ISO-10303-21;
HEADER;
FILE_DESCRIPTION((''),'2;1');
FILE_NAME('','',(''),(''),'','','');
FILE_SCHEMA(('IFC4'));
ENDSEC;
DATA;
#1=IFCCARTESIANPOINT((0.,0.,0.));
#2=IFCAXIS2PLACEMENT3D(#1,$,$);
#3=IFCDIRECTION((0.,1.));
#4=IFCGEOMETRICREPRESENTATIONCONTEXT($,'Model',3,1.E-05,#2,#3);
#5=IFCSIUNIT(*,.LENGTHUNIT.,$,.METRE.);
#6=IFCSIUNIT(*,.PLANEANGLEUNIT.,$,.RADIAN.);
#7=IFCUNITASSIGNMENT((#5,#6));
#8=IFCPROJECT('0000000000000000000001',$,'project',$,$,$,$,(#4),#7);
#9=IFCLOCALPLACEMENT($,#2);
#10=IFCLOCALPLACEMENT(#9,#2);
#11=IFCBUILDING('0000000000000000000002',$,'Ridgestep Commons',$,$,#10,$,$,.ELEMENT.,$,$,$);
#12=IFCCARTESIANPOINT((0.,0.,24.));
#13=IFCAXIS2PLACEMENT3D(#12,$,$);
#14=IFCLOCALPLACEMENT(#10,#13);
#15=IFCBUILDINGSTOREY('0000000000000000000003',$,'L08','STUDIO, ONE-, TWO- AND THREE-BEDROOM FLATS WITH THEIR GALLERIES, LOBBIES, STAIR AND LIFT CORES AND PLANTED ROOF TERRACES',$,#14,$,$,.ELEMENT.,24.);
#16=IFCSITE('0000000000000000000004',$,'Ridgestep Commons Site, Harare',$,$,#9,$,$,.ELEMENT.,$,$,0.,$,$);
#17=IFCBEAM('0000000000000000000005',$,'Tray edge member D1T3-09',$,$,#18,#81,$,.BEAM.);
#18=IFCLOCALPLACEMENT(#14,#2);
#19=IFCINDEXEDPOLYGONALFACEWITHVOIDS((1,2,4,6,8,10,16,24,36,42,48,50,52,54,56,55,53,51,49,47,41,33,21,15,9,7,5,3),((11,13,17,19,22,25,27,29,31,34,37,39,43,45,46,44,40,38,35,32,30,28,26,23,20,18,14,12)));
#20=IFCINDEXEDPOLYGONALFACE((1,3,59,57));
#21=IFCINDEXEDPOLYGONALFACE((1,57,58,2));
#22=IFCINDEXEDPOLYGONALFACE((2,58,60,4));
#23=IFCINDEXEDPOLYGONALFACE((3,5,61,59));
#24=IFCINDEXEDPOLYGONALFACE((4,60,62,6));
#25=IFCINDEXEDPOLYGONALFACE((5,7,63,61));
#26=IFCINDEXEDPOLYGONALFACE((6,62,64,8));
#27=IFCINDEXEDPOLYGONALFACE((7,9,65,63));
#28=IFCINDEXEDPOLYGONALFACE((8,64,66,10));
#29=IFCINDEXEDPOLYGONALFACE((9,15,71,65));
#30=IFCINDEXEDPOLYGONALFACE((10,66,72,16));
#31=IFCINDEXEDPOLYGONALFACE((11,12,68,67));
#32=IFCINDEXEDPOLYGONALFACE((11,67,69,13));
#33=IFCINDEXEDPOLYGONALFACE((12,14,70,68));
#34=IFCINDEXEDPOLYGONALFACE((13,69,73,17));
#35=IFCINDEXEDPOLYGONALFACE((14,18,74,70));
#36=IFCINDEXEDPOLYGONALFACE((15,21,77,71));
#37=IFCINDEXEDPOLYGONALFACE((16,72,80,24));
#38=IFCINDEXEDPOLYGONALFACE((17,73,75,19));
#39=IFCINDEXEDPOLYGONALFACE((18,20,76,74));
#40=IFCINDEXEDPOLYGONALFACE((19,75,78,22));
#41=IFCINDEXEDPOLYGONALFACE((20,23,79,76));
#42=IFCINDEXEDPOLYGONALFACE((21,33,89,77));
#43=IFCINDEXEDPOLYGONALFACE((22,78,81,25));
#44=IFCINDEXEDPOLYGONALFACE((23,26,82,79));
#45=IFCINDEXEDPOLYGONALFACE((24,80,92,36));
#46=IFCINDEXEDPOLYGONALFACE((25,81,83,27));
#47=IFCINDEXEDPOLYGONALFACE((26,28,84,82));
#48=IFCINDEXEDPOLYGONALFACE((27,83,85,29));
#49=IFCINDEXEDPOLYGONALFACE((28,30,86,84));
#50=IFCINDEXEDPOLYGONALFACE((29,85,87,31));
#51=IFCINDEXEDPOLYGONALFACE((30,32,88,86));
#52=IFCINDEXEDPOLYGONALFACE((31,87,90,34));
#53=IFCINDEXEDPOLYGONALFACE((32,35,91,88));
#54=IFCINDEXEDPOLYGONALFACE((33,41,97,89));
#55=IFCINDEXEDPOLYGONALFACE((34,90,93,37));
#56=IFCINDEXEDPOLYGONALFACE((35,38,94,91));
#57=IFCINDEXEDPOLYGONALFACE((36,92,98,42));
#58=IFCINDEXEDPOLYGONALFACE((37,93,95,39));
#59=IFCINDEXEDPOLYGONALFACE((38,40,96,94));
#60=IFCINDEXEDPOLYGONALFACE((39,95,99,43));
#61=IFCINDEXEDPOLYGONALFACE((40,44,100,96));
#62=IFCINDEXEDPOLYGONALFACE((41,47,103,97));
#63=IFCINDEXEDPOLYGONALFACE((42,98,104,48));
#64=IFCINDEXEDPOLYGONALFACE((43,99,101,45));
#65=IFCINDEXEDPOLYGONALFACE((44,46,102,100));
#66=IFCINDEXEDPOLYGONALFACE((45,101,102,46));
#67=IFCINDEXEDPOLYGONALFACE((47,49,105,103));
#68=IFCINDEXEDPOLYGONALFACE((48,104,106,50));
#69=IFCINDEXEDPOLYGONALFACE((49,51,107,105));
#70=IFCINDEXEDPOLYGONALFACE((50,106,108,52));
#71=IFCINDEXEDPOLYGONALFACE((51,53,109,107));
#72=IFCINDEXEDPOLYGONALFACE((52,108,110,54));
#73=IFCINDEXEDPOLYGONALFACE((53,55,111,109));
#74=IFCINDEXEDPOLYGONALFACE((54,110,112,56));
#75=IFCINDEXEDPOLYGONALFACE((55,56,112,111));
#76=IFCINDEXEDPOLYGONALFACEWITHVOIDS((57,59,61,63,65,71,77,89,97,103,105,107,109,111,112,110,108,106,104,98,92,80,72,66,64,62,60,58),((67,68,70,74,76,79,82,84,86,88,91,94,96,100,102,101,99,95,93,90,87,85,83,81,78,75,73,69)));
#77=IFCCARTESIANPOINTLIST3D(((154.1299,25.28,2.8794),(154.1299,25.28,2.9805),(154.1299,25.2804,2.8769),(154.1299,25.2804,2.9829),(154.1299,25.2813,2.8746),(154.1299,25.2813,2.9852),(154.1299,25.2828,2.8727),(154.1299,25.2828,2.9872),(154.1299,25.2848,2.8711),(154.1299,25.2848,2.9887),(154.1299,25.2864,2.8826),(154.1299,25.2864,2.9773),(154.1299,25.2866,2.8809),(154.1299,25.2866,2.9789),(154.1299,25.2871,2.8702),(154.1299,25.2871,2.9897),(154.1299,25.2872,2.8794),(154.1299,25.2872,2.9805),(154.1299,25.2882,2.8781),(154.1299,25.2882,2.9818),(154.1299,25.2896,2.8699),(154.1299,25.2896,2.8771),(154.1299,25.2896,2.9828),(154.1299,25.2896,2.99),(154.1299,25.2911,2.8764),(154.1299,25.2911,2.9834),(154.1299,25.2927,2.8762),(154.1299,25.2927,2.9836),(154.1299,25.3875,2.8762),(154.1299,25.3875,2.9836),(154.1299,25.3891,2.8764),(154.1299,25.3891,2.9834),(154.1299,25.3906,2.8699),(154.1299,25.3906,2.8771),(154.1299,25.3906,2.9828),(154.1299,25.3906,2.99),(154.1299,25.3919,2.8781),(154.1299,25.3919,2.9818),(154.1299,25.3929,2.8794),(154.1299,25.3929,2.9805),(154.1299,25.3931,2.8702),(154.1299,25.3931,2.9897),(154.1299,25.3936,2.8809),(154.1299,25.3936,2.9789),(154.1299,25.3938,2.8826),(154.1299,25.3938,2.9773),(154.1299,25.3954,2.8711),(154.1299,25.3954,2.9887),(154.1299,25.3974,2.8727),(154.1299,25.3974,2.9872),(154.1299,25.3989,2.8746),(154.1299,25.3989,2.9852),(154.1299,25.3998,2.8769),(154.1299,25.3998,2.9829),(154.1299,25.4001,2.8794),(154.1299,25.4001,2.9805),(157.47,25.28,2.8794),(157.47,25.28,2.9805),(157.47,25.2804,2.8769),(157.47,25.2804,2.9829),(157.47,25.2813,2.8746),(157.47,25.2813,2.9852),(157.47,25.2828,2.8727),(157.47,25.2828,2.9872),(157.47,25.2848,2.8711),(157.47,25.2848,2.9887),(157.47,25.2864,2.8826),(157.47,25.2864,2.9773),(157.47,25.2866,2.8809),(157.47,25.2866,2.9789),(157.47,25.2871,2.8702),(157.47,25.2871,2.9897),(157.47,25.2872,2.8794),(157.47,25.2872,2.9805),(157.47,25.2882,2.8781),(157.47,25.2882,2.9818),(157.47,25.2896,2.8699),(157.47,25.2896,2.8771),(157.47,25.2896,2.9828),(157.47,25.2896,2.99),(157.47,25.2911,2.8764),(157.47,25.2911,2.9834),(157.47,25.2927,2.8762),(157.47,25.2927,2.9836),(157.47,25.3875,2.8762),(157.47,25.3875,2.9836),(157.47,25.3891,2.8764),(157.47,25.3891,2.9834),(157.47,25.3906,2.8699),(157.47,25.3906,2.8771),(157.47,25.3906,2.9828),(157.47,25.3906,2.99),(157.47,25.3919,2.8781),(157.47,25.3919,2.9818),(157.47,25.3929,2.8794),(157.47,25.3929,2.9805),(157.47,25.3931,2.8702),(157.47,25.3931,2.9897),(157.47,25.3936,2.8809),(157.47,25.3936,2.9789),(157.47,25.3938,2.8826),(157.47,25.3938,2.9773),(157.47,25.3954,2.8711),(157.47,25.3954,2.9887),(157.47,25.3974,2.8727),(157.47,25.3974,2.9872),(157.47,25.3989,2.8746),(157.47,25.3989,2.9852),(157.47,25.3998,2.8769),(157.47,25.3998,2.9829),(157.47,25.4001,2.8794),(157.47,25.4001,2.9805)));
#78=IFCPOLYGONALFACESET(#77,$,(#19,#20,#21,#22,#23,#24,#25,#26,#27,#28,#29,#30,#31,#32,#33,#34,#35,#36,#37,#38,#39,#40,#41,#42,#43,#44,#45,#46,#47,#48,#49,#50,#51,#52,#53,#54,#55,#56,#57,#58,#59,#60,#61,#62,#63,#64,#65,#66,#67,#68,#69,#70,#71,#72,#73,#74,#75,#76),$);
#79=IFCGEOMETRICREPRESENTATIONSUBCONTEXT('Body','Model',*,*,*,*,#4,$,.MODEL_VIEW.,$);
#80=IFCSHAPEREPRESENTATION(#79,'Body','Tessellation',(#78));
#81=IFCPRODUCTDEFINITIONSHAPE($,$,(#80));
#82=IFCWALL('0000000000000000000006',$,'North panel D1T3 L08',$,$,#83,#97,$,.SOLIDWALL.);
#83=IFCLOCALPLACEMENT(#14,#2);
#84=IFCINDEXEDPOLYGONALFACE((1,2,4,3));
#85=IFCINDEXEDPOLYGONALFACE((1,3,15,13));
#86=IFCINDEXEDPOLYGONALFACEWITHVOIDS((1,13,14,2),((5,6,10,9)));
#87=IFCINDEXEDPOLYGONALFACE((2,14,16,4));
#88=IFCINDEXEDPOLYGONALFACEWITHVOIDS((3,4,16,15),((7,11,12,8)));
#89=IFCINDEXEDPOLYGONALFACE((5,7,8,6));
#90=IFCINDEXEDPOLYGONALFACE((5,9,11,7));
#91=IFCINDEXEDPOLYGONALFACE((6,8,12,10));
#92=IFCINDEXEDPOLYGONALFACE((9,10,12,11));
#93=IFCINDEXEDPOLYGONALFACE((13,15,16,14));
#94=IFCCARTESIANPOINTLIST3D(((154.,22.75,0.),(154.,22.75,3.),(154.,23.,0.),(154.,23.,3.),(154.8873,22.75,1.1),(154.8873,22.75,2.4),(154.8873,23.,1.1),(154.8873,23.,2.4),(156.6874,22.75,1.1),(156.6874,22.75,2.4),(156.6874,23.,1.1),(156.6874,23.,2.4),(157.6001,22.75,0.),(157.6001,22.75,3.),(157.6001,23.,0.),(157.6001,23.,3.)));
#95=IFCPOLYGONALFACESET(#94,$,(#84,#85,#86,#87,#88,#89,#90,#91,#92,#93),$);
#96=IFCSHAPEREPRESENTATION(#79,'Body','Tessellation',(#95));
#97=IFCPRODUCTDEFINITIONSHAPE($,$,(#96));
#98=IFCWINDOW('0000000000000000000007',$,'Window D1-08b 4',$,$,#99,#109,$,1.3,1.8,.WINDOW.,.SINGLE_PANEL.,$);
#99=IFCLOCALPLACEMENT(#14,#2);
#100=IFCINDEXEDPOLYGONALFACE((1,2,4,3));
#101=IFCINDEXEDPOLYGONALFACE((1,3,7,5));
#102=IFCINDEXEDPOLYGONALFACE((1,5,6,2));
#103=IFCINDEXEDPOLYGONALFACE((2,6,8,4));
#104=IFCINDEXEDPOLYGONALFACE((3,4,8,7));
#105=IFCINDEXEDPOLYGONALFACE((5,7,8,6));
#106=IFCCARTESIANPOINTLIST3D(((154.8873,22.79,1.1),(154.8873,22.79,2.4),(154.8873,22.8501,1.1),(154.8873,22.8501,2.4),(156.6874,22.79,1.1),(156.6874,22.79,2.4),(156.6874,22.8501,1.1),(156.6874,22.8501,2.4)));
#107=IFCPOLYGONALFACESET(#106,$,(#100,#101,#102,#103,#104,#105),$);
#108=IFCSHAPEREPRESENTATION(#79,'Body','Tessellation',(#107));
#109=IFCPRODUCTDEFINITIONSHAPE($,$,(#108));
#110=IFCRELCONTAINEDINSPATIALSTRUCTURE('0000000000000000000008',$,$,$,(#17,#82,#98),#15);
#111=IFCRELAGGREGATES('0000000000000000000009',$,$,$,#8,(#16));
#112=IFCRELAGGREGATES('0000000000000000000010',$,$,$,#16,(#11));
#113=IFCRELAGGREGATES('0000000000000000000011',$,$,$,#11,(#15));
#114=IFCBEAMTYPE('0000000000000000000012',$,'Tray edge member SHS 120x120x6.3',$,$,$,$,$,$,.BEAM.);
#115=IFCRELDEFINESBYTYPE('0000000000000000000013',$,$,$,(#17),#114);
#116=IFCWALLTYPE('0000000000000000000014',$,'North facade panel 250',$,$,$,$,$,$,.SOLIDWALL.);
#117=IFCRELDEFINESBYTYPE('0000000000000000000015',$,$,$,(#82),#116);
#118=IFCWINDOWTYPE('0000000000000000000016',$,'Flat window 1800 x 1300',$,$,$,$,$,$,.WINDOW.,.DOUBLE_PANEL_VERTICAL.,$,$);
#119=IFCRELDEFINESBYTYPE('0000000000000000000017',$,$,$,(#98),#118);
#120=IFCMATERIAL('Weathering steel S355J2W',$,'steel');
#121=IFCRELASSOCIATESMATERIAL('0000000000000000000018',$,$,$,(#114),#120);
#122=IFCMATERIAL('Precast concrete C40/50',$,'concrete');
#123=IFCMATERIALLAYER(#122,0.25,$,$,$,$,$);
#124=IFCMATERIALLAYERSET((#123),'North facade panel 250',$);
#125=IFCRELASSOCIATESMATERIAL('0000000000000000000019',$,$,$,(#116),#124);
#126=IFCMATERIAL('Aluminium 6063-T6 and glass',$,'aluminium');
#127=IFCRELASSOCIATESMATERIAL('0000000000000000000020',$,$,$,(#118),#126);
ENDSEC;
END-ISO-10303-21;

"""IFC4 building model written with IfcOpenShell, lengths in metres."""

from ifc_helpers import new_model, si_unit, direction, frame, frame_2d, origin, origin_2d, place, context, subcontext, project, spatial, rectangle, hollow_rectangle, extrude, material, layer, layer_set, material_profile, profile_set, type_object, element, fill, save


model = new_model("IFC4")

# Units and contexts
model_context = context("Model", 3, precision=1e-05, world=origin(), true_north=direction((0.0, 1.0)))
body_context = subcontext(model_context, "Body", "Model", "MODEL_VIEW")
ifc_project = project(units=[si_unit("LENGTHUNIT", "METRE"), si_unit("PLANEANGLEUNIT", "RADIAN")], contexts=[model_context])

# Site, building, storey
site_placement = place(None, origin())
site = spatial("IfcSite", under=ifc_project, at=site_placement, Name="Ridgestep Commons Site, Harare", CompositionType="ELEMENT", RefElevation=0.0)
building_placement = place(site_placement, origin())
building = spatial("IfcBuilding", under=site, at=building_placement, Name="Ridgestep Commons", CompositionType="ELEMENT")
storey_placement = place(building_placement, frame((0.0, 0.0, 24.0)))
storey = spatial("IfcBuildingStorey", under=building, at=storey_placement, Name="L08", Description="STUDIO, ONE-, TWO- AND THREE-BEDROOM FLATS WITH THEIR GALLERIES, LOBBIES, STAIR AND LIFT CORES AND PLANTED ROOF TERRACES", CompositionType="ELEMENT", Elevation=24.0)

# Beam
ifc_material_1 = material(Name="Weathering steel S355J2W", Category="steel")
ifc_material_profile_1 = material_profile(ifc_material_1, hollow_rectangle(XDim=0.1201, YDim=0.1201, WallThickness=0.0063, InnerFilletRadius=0.0063, OuterFilletRadius=0.0095, at=origin_2d()), Name="SHS 120x120x6.3")
ifc_profile_set_1 = profile_set([ifc_material_profile_1], Name="Weathering steel S355J2W")
beam_type_1 = type_object("IfcBeamType", Name="Tray edge member SHS 120x120x6.3", PredefinedType="BEAM", material=ifc_profile_set_1)
beam_1_placement = place(storey_placement, frame((154.1299, 25.3401, 2.9299), z_axis=(1.0, 0.0, 0.0), x_axis=(0.0, 0.0, 1.0)))
element("IfcBeam", 1, at=beam_1_placement, inside=storey, type_object=beam_type_1, Name="Tray edge member D1T3-09", PredefinedType="BEAM", context=body_context, shape_type="SweptSolid", body=[
    extrude(hollow_rectangle(XDim=0.1201, YDim=0.1201, WallThickness=0.0063, InnerFilletRadius=0.0063, OuterFilletRadius=0.0095, at=origin_2d()), origin(), (0.0, 0.0, 1.0), 3.3401),
])

# Wall, opening, window
ifc_material_2 = material(Name="Precast concrete C40/50", Category="concrete")
ifc_layer_1 = layer(ifc_material_2, 0.25)
ifc_layer_set_1 = layer_set([ifc_layer_1], Name="North facade panel 250")
wall_type = type_object("IfcWallType", Name="North facade panel 250", PredefinedType="SOLIDWALL", material=ifc_layer_set_1)
wall_placement = place(storey_placement, frame((154.0, 22.875, 0.0), z_axis=(0.0, 0.0, 1.0), x_axis=(1.0, 0.0, 0.0)))
wall = element("IfcWall", 2, at=wall_placement, inside=storey, type_object=wall_type, Name="North panel D1T3 L08", PredefinedType="SOLIDWALL", context=body_context, shape_type="SweptSolid", body=[
    extrude(rectangle(XDim=3.6001, YDim=0.25, at=frame_2d((1.8, 0.0))), origin(), (0.0, 0.0, 1.0), 3.0),
])
opening_placement = place(wall_placement, frame((0.8875, 0.0, 1.1001)))
opening = element("IfcOpeningElement", 3, at=opening_placement, cuts=wall, PredefinedType="OPENING", context=body_context, shape_type="SweptSolid", body=[
    extrude(rectangle(XDim=1.8, YDim=1.3, at=frame_2d((0.8999, 0.6499))), frame((0.0, 0.135, 0.0), z_axis=(0.0, -1.0, 0.0), x_axis=(1.0, 0.0, 0.0)), (0.0, 0.0, 1.0), 0.27),
])
ifc_material_3 = material(Name="Aluminium 6063-T6 and glass", Category="aluminium")
window_type = type_object("IfcWindowType", Name="Flat window 1800 x 1300", PartitioningType="DOUBLE_PANEL_VERTICAL", PredefinedType="WINDOW", material=ifc_material_3)
window_placement = place(opening_placement, origin())
window = element("IfcWindow", 4, at=window_placement, inside=storey, type_object=window_type, Name="Window D1-08b 4", OverallHeight=1.3, OverallWidth=1.8, PartitioningType="SINGLE_PANEL", PredefinedType="WINDOW", context=body_context, shape_type="SweptSolid", body=[
    extrude(rectangle(XDim=1.8, YDim=1.3, at=frame_2d((0.8999, 0.6499))), frame((0.0, -0.0249, 0.0), z_axis=(0.0, -1.0, 0.0), x_axis=(1.0, 0.0, 0.0)), (0.0, 0.0, 1.0), 0.0601),
])
fill(opening, window)

save(model, "model.ifc")
